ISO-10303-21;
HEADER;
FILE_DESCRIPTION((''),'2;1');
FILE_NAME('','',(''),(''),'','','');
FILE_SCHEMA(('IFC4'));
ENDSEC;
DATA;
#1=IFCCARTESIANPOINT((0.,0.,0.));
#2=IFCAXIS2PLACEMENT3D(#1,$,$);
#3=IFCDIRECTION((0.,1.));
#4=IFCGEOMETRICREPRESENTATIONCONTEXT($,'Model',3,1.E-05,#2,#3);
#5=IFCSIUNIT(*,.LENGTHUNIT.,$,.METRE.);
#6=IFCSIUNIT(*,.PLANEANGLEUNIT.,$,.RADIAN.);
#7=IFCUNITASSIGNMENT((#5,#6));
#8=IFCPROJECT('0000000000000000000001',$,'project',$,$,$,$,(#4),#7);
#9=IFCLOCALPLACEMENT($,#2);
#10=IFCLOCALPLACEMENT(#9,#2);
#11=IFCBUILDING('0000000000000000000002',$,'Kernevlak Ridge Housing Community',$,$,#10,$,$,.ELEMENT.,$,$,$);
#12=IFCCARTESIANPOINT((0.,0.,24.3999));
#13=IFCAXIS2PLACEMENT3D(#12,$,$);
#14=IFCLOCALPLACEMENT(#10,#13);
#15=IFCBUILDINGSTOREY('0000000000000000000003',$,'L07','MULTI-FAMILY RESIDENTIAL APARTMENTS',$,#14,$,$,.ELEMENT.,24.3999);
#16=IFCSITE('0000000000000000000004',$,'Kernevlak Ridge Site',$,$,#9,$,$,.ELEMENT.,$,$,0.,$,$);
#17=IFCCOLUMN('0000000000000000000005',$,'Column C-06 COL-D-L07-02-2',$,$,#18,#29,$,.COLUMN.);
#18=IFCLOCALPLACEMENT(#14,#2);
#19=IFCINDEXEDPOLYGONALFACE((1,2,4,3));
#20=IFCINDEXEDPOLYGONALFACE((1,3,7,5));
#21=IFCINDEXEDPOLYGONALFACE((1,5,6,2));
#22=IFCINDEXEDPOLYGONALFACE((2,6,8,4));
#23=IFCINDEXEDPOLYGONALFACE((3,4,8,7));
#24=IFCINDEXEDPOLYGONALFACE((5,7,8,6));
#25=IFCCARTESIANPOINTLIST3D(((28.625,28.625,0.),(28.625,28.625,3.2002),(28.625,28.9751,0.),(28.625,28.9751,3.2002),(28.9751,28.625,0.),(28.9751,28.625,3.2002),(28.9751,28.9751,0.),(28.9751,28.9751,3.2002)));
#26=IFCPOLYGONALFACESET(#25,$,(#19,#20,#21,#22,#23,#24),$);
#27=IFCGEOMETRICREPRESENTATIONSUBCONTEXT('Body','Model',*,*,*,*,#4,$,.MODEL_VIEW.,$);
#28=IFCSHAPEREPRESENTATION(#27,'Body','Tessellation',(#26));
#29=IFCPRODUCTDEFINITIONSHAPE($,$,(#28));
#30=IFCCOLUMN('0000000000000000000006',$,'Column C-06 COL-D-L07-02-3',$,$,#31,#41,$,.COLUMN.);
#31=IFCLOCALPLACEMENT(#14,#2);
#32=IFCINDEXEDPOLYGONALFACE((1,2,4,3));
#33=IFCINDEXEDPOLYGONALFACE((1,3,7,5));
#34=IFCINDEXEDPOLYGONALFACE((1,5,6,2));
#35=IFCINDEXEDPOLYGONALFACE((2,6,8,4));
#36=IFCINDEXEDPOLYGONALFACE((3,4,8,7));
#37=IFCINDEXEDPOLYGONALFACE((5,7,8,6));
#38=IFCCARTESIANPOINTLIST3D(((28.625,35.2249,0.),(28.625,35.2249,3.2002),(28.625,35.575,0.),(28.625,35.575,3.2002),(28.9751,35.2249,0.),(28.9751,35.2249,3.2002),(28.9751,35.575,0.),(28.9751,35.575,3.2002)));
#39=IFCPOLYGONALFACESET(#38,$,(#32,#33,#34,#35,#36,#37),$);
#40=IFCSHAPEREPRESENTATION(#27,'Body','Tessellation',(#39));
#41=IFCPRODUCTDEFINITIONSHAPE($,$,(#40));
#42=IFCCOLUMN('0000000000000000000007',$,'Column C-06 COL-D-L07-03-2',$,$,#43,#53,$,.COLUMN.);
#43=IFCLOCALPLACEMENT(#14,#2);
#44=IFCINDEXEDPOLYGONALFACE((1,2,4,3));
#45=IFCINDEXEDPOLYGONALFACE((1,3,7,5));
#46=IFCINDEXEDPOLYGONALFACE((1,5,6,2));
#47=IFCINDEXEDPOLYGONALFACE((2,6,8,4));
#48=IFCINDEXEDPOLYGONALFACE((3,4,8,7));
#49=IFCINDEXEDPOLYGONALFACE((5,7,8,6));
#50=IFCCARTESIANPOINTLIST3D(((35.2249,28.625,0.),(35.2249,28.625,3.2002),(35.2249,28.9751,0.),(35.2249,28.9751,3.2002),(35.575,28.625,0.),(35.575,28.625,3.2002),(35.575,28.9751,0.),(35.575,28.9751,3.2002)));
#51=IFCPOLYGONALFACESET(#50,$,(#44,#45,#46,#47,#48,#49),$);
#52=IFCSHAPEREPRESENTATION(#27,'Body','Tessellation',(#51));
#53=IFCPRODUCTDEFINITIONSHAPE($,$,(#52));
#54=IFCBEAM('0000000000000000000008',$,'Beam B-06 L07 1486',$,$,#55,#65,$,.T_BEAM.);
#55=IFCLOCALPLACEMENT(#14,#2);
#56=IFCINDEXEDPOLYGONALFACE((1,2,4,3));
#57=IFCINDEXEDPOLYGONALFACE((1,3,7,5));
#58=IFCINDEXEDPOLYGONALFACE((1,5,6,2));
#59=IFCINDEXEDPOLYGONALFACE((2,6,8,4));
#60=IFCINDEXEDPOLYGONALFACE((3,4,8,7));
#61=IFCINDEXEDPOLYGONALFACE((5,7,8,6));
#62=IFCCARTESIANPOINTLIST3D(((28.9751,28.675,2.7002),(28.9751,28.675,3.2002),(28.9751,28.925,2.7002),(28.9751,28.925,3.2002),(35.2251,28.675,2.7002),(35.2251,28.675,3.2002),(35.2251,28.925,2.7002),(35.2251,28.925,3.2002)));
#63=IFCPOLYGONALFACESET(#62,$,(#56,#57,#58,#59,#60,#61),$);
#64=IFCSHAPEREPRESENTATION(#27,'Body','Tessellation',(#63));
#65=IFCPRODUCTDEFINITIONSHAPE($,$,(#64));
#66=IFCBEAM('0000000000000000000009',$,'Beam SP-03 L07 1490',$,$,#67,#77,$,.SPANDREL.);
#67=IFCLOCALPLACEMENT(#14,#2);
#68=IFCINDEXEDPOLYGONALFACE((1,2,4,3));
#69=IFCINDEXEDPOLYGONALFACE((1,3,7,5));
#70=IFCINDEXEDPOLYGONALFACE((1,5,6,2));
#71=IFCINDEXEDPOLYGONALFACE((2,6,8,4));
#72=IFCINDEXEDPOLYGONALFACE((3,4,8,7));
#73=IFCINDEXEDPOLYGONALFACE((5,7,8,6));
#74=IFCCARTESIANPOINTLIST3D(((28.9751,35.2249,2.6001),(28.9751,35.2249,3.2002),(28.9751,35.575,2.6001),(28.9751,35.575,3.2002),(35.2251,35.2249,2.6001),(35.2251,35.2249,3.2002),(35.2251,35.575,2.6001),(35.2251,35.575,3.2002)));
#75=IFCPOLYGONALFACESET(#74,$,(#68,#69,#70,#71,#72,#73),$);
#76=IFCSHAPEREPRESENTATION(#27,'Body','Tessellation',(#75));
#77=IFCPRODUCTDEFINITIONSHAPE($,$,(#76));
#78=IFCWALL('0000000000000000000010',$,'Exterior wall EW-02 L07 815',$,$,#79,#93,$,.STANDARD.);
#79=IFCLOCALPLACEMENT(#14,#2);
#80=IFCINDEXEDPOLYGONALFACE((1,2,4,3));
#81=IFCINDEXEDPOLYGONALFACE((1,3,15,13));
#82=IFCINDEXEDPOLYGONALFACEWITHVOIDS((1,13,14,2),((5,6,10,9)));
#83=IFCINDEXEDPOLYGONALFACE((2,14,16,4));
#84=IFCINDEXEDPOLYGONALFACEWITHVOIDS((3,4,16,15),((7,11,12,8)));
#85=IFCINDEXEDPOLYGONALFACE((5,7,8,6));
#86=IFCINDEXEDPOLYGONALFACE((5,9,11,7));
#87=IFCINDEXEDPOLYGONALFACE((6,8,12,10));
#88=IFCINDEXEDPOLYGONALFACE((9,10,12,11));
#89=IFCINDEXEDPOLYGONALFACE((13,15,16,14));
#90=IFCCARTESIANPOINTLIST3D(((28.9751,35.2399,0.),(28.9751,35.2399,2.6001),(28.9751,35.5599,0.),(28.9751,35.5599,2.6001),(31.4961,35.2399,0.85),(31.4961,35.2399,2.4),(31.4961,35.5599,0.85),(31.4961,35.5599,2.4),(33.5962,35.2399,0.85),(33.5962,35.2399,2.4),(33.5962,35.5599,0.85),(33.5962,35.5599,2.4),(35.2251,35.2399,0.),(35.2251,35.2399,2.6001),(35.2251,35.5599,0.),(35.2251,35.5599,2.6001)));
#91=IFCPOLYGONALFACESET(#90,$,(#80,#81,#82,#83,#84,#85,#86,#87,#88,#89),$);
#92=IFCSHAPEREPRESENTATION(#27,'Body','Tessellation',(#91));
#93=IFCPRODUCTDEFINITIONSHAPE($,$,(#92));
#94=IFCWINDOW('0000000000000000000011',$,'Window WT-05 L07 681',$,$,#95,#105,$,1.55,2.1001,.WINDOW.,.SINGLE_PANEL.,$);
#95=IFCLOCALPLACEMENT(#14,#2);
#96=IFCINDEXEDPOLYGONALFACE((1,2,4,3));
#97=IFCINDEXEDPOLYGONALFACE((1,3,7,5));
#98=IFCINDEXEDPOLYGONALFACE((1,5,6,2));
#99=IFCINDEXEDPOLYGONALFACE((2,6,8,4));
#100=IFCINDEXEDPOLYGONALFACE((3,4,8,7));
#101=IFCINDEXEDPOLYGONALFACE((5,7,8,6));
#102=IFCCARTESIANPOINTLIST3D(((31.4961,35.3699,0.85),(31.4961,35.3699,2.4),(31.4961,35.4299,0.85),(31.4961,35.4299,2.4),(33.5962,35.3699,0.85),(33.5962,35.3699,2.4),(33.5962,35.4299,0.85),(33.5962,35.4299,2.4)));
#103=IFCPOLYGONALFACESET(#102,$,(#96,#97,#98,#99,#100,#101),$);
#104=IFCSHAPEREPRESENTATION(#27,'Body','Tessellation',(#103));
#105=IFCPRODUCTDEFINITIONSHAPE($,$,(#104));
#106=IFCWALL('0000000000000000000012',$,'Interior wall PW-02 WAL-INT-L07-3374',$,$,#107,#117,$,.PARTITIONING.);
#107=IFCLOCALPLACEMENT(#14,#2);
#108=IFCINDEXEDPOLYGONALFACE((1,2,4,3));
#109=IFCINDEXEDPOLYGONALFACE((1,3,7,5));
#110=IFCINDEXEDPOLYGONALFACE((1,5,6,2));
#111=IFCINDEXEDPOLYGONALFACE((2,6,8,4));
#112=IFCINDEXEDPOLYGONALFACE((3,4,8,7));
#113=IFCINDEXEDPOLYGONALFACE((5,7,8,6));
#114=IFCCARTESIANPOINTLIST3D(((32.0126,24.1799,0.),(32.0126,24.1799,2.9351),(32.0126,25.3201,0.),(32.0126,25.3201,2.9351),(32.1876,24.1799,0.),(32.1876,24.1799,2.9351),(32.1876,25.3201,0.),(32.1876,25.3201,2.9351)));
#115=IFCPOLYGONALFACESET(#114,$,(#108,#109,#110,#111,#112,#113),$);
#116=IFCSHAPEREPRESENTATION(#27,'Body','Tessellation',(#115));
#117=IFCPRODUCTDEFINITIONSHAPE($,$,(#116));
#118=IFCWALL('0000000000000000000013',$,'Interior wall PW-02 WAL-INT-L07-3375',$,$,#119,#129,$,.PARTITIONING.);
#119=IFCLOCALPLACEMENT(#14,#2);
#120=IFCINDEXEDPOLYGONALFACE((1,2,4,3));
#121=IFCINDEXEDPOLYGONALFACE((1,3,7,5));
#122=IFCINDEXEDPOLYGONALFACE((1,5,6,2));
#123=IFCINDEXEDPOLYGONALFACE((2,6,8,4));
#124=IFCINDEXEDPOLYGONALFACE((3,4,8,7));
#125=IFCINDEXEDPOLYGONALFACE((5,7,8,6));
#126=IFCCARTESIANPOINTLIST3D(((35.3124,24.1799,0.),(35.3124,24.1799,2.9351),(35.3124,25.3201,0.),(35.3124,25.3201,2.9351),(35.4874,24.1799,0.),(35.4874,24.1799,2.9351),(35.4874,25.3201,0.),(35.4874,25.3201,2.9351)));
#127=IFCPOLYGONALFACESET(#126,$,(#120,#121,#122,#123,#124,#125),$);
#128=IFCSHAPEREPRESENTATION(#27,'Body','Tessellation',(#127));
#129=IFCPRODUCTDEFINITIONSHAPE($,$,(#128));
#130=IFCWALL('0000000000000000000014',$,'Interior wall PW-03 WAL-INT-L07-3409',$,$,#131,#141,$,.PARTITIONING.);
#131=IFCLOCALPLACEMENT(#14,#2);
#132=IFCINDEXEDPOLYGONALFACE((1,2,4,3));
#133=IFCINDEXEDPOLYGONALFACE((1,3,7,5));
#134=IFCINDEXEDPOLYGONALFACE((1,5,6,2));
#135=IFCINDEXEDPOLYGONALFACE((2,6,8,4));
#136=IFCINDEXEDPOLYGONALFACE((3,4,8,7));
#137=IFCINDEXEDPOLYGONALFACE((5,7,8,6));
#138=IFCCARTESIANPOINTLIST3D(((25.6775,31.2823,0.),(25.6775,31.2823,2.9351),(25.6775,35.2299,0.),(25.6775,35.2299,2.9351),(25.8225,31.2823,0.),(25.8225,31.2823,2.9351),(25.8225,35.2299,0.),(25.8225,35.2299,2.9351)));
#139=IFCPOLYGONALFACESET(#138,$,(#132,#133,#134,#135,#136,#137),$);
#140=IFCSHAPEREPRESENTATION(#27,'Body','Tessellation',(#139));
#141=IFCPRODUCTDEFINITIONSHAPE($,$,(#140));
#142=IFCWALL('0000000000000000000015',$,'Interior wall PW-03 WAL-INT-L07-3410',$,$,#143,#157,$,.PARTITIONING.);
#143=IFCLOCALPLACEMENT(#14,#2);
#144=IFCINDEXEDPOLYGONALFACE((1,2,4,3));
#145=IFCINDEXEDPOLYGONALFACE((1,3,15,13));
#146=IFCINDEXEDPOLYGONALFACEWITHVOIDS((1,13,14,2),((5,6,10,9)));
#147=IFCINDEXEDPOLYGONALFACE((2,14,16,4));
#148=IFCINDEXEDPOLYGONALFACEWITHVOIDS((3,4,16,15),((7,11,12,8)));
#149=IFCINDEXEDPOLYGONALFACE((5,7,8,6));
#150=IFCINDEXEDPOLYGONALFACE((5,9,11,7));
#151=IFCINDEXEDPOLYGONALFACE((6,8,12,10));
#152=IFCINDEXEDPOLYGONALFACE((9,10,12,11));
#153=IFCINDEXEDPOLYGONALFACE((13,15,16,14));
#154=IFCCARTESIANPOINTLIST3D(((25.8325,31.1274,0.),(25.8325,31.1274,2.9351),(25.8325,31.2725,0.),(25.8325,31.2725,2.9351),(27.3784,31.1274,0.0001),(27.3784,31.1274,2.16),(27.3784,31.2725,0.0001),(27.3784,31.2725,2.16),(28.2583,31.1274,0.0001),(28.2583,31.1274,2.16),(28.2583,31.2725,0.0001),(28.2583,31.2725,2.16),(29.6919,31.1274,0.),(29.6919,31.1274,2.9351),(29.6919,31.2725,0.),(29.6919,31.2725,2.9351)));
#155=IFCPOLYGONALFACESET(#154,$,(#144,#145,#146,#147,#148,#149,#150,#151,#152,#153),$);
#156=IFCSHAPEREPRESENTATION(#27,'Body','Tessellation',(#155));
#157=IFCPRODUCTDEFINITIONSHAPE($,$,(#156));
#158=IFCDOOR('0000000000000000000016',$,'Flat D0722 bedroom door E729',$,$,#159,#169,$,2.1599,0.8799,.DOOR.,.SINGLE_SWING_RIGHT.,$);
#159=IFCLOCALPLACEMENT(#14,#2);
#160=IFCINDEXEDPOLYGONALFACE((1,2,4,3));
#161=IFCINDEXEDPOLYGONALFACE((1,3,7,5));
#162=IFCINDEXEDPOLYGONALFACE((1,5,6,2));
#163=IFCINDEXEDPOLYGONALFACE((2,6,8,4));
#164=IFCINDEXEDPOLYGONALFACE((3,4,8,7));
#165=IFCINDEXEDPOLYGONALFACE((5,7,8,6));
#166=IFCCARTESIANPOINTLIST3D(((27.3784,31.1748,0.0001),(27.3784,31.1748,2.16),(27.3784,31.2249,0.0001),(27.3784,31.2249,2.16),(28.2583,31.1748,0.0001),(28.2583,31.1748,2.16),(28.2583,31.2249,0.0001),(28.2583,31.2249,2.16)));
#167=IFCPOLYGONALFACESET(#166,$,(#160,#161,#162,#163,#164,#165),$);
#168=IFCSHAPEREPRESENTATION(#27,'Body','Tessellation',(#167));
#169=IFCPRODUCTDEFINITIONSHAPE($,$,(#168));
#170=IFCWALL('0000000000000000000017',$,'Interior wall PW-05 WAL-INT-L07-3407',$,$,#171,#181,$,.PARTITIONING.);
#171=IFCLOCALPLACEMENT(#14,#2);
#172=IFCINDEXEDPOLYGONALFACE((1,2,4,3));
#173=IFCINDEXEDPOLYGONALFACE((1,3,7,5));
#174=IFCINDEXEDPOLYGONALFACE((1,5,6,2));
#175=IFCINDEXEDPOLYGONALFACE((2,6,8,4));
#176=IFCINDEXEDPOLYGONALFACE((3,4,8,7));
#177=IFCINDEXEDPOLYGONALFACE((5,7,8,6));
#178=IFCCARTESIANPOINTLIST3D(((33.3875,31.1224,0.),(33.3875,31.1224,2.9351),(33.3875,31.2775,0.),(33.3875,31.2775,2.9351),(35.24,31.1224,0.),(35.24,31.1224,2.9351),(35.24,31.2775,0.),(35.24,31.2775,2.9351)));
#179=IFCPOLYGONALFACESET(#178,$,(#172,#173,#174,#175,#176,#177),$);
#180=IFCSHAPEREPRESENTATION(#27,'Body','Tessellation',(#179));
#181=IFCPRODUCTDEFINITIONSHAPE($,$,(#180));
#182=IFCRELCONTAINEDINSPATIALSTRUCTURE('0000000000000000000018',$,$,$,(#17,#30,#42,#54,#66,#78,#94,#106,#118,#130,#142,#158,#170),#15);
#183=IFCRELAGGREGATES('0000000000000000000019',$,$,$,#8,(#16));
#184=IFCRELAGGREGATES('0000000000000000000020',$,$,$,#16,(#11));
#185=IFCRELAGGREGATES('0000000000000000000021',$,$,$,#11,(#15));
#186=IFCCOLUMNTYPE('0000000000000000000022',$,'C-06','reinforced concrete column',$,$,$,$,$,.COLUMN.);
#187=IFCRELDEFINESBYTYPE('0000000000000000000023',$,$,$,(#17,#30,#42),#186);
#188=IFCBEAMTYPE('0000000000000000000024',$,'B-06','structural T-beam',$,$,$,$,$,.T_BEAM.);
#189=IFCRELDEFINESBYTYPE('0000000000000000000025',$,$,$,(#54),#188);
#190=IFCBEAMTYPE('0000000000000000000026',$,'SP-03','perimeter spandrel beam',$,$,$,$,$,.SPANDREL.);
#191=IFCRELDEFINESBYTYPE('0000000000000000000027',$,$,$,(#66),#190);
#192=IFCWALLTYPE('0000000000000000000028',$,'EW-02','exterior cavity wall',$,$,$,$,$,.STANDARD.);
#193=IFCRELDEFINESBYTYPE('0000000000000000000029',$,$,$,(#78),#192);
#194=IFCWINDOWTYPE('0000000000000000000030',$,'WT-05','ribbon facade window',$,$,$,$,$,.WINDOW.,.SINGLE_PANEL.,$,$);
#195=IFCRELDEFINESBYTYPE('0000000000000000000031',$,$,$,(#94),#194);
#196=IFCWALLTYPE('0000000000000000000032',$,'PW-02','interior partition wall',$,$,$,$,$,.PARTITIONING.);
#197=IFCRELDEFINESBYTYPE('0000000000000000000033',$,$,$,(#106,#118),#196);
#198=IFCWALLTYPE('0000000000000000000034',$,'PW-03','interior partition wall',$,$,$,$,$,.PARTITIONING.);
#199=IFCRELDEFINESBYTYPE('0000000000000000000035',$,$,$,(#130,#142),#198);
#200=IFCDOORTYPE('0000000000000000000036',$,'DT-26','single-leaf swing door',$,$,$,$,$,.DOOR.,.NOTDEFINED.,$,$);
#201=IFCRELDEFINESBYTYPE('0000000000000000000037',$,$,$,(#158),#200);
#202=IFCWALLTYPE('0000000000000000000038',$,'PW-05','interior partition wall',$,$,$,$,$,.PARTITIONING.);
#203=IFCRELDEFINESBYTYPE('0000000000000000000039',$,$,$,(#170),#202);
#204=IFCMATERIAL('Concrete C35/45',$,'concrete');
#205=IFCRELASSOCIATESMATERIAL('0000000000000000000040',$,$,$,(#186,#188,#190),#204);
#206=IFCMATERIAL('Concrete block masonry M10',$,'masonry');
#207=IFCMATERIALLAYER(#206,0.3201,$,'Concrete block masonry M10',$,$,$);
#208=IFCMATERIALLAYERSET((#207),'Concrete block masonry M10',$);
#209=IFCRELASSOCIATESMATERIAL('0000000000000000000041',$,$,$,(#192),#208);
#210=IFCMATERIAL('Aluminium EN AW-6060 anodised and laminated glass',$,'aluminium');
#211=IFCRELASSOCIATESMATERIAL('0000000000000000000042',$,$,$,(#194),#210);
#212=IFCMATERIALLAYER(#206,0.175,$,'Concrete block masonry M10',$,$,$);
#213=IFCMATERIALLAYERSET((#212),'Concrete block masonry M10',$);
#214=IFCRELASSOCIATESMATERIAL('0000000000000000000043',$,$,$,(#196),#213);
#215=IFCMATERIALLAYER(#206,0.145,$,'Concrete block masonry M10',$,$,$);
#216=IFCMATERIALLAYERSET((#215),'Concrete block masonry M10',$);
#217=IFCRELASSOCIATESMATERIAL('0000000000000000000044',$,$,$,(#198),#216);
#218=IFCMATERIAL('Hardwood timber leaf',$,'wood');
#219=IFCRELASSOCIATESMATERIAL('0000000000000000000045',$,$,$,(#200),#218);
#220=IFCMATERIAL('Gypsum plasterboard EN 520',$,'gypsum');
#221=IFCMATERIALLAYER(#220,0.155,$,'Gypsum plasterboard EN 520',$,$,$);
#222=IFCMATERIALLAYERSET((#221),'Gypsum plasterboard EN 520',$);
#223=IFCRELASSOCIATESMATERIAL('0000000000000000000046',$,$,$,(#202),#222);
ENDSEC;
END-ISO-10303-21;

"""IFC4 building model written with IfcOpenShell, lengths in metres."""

from ifc_helpers import new_model, si_unit, direction, frame, frame_2d, origin, origin_2d, place, context, subcontext, project, spatial, rectangle, extrude, material, layer, layer_set, material_profile, profile_set, type_object, element, fill, save


model = new_model("IFC4")

# Units and contexts
model_context = context("Model", 3, precision=1e-05, world=origin(), true_north=direction((0.0, 1.0)))
body_context = subcontext(model_context, "Body", "Model", "MODEL_VIEW")
ifc_project = project(units=[si_unit("LENGTHUNIT", "METRE"), si_unit("PLANEANGLEUNIT", "RADIAN")], contexts=[model_context])

# Site, building, storey
site_placement = place(None, origin())
site = spatial("IfcSite", under=ifc_project, at=site_placement, Name="Kernevlak Ridge Site", CompositionType="ELEMENT", RefElevation=0.0)
building_placement = place(site_placement, origin())
building = spatial("IfcBuilding", under=site, at=building_placement, Name="Kernevlak Ridge Housing Community", CompositionType="ELEMENT")
storey_placement = place(building_placement, frame((0.0, 0.0, 24.3999)))
storey = spatial("IfcBuildingStorey", under=building, at=storey_placement, Name="L07", Description="MULTI-FAMILY RESIDENTIAL APARTMENTS", CompositionType="ELEMENT", Elevation=24.3999)

# Columns
ifc_material_1 = material(Name="Concrete C35/45", Category="concrete")
ifc_material_profile_1 = material_profile(ifc_material_1, rectangle(XDim=0.3501, YDim=0.3501, at=origin_2d()), Name="RC 350x350")
ifc_profile_set_1 = profile_set([ifc_material_profile_1], Name="Concrete C35/45")
column_type = type_object("IfcColumnType", Name="C-06", Description="reinforced concrete column", PredefinedType="COLUMN", material=ifc_profile_set_1)
for number, where, z_axis, x_axis, name in (
    (1, (28.8, 28.8, 0.0), (0.0, 0.0, 1.0), (1.0, 0.0, 0.0), "Column C-06 COL-D-L07-02-2"),
    (2, (28.8, 35.3999, 0.0), (0.0, 0.0, 1.0), (1.0, 0.0, 0.0), "Column C-06 COL-D-L07-02-3"),
    (3, (35.3999, 28.8, 0.0), (0.0, 0.0, 1.0), (1.0, 0.0, 0.0), "Column C-06 COL-D-L07-03-2"),
):
    element("IfcColumn", number, at=place(storey_placement, frame(where, z_axis=z_axis, x_axis=x_axis)), inside=storey, type_object=column_type, Name=name, PredefinedType="COLUMN", context=body_context, shape_type="SweptSolid", body=[
        extrude(rectangle(XDim=0.3501, YDim=0.3501, at=origin_2d()), origin(), (0.0, 0.0, 1.0), 3.2002),
    ])

# Beams
ifc_material_profile_2 = material_profile(ifc_material_1, rectangle(XDim=0.25, YDim=0.5, at=origin_2d()), Name="RC 250x500")
ifc_profile_set_2 = profile_set([ifc_material_profile_2], Name="Concrete C35/45")
beam_type_1 = type_object("IfcBeamType", Name="B-06", Description="structural T-beam", PredefinedType="T_BEAM", material=ifc_profile_set_2)
beam_1_placement = place(storey_placement, frame((28.9751, 28.8, 2.9502), z_axis=(1.0, 0.0, 0.0), x_axis=(0.0, 1.0, 0.0)))
element("IfcBeam", 4, at=beam_1_placement, inside=storey, type_object=beam_type_1, Name="Beam B-06 L07 1486", PredefinedType="T_BEAM", context=body_context, shape_type="SweptSolid", body=[
    extrude(rectangle(XDim=0.25, YDim=0.5, at=origin_2d()), origin(), (0.0, 0.0, 1.0), 6.25),
])
ifc_material_profile_3 = material_profile(ifc_material_1, rectangle(XDim=0.3501, YDim=0.6001, at=origin_2d()), Name="RC 350x600")
ifc_profile_set_3 = profile_set([ifc_material_profile_3], Name="Concrete C35/45")
beam_type_2 = type_object("IfcBeamType", Name="SP-03", Description="perimeter spandrel beam", PredefinedType="SPANDREL", material=ifc_profile_set_3)
beam_2_placement = place(storey_placement, frame((28.9751, 35.3999, 2.9001), z_axis=(1.0, 0.0, 0.0), x_axis=(0.0, 1.0, 0.0)))
element("IfcBeam", 5, at=beam_2_placement, inside=storey, type_object=beam_type_2, Name="Beam SP-03 L07 1490", PredefinedType="SPANDREL", context=body_context, shape_type="SweptSolid", body=[
    extrude(rectangle(XDim=0.3501, YDim=0.6001, at=origin_2d()), origin(), (0.0, 0.0, 1.0), 6.25),
])

# Wall, opening, window
ifc_material_2 = material(Name="Concrete block masonry M10", Category="masonry")
ifc_layer_1 = layer(ifc_material_2, 0.3201, Name="Concrete block masonry M10")
ifc_layer_set_1 = layer_set([ifc_layer_1], Name="Concrete block masonry M10")
wall_type_1 = type_object("IfcWallType", Name="EW-02", Description="exterior cavity wall", PredefinedType="STANDARD", material=ifc_layer_set_1)
wall_1_placement = place(storey_placement, frame((28.9751, 35.3999, 0.0), z_axis=(0.0, 0.0, 1.0), x_axis=(1.0, 0.0, 0.0)))
wall_1 = element("IfcWall", 6, at=wall_1_placement, inside=storey, type_object=wall_type_1, Name="Exterior wall EW-02 L07 815", PredefinedType="STANDARD", context=body_context, shape_type="SweptSolid", body=[
    extrude(rectangle(XDim=6.25, YDim=0.3201, at=frame_2d((3.125, 0.0))), origin(), (0.0, 0.0, 1.0), 2.6001),
])
opening_1_placement = place(wall_1_placement, frame((2.521, 0.0, 0.8501)))
opening_1 = element("IfcOpeningElement", 7, at=opening_1_placement, cuts=wall_1, PredefinedType="OPENING", context=body_context, shape_type="SweptSolid", body=[
    extrude(rectangle(XDim=2.1001, YDim=1.55, at=frame_2d((1.05, 0.7749))), frame((0.0, 0.1699, 0.0), z_axis=(0.0, -1.0, 0.0), x_axis=(1.0, 0.0, 0.0)), (0.0, 0.0, 1.0), 0.3401),
])
ifc_material_3 = material(Name="Aluminium EN AW-6060 anodised and laminated glass", Category="aluminium")
window_type = type_object("IfcWindowType", Name="WT-05", Description="ribbon facade window", PartitioningType="SINGLE_PANEL", PredefinedType="WINDOW", material=ifc_material_3)
window_placement = place(opening_1_placement, origin())
window = element("IfcWindow", 8, at=window_placement, inside=storey, type_object=window_type, Name="Window WT-05 L07 681", OverallHeight=1.55, OverallWidth=2.1001, PartitioningType="SINGLE_PANEL", PredefinedType="WINDOW", context=body_context, shape_type="SweptSolid", body=[
    extrude(rectangle(XDim=2.1001, YDim=1.55, at=frame_2d((1.05, 0.7749))), frame((0.0, 0.03, 0.0), z_axis=(0.0, -1.0, 0.0), x_axis=(1.0, 0.0, 0.0)), (0.0, 0.0, 1.0), 0.0601),
])
fill(opening_1, window)

# Walls
ifc_layer_2 = layer(ifc_material_2, 0.175, Name="Concrete block masonry M10")
ifc_layer_set_2 = layer_set([ifc_layer_2], Name="Concrete block masonry M10")
wall_type_2 = type_object("IfcWallType", Name="PW-02", Description="interior partition wall", PredefinedType="PARTITIONING", material=ifc_layer_set_2)
for number, where, z_axis, x_axis, name in (
    (9, (32.1001, 24.1799, 0.0), (0.0, 0.0, 1.0), (0.0, 1.0, 0.0), "Interior wall PW-02 WAL-INT-L07-3374"),
    (10, (35.3999, 24.1799, 0.0), (0.0, 0.0, 1.0), (0.0, 1.0, 0.0), "Interior wall PW-02 WAL-INT-L07-3375"),
):
    element("IfcWall", number, at=place(storey_placement, frame(where, z_axis=z_axis, x_axis=x_axis)), inside=storey, type_object=wall_type_2, Name=name, PredefinedType="PARTITIONING", context=body_context, shape_type="SweptSolid", body=[
        extrude(rectangle(XDim=1.1401, YDim=0.175, at=frame_2d((0.5701, 0.0))), origin(), (0.0, 0.0, 1.0), 2.9351),
    ])
ifc_layer_3 = layer(ifc_material_2, 0.145, Name="Concrete block masonry M10")
ifc_layer_set_3 = layer_set([ifc_layer_3], Name="Concrete block masonry M10")
wall_type_3 = type_object("IfcWallType", Name="PW-03", Description="interior partition wall", PredefinedType="PARTITIONING", material=ifc_layer_set_3)
wall_2_placement = place(storey_placement, frame((25.75, 31.2825, 0.0), z_axis=(0.0, 0.0, 1.0), x_axis=(0.0, 1.0, 0.0)))
element("IfcWall", 11, at=wall_2_placement, inside=storey, type_object=wall_type_3, Name="Interior wall PW-03 WAL-INT-L07-3409", PredefinedType="PARTITIONING", context=body_context, shape_type="SweptSolid", body=[
    extrude(rectangle(XDim=3.9475, YDim=0.145, at=frame_2d((1.9736, 0.0))), origin(), (0.0, 0.0, 1.0), 2.9351),
])

# Wall, opening, door
wall_3_placement = place(storey_placement, frame((25.8325, 31.2, 0.0), z_axis=(0.0, 0.0, 1.0), x_axis=(1.0, 0.0, 0.0)))
wall_3 = element("IfcWall", 12, at=wall_3_placement, inside=storey, type_object=wall_type_3, Name="Interior wall PW-03 WAL-INT-L07-3410", PredefinedType="PARTITIONING", context=body_context, shape_type="SweptSolid", body=[
    extrude(rectangle(XDim=3.8594, YDim=0.145, at=frame_2d((1.9297, 0.0))), origin(), (0.0, 0.0, 1.0), 2.9351),
])
opening_2_placement = place(wall_3_placement, frame((1.5459, 0.0, 0.0)))
opening_2 = element("IfcOpeningElement", 13, at=opening_2_placement, cuts=wall_3, PredefinedType="OPENING", context=body_context, shape_type="SweptSolid", body=[
    extrude(rectangle(XDim=0.8799, YDim=2.1599, at=frame_2d((0.4399, 1.0801))), frame((0.0, 0.0825, 0.0), z_axis=(0.0, -1.0, 0.0), x_axis=(1.0, 0.0, 0.0)), (0.0, 0.0, 1.0), 0.165),
])
ifc_material_4 = material(Name="Hardwood timber leaf", Category="wood")
door_type_1 = type_object("IfcDoorType", Name="DT-26", Description="single-leaf swing door", OperationType="NOTDEFINED", PredefinedType="DOOR", material=ifc_material_4)
door_1_placement = place(opening_2_placement, origin())
door_1 = element("IfcDoor", 14, at=door_1_placement, inside=storey, type_object=door_type_1, Name="Flat D0722 bedroom door E729", OperationType="SINGLE_SWING_RIGHT", OverallHeight=2.1599, OverallWidth=0.8799, PredefinedType="DOOR", context=body_context, shape_type="SweptSolid", body=[
    extrude(rectangle(XDim=0.8799, YDim=2.1599, at=frame_2d((0.4399, 1.0801))), frame((0.0, 0.0249, 0.0), z_axis=(0.0, -1.0, 0.0), x_axis=(1.0, 0.0, 0.0)), (0.0, 0.0, 1.0), 0.05),
])
fill(opening_2, door_1)
ifc_material_5 = material(Name="Gypsum plasterboard EN 520", Category="gypsum")
ifc_layer_4 = layer(ifc_material_5, 0.155, Name="Gypsum plasterboard EN 520")
ifc_layer_set_4 = layer_set([ifc_layer_4], Name="Gypsum plasterboard EN 520")
wall_type_4 = type_object("IfcWallType", Name="PW-05", Description="interior partition wall", PredefinedType="PARTITIONING", material=ifc_layer_set_4)

# Wall
wall_4_placement = place(storey_placement, frame((33.3875, 31.2, 0.0), z_axis=(0.0, 0.0, 1.0), x_axis=(1.0, 0.0, 0.0)))
element("IfcWall", 15, at=wall_4_placement, inside=storey, type_object=wall_type_4, Name="Interior wall PW-05 WAL-INT-L07-3407", PredefinedType="PARTITIONING", context=body_context, shape_type="SweptSolid", body=[
    extrude(rectangle(XDim=1.8525, YDim=0.155, at=frame_2d((0.9263, 0.0))), origin(), (0.0, 0.0, 1.0), 2.9351),
])

save(model, "model.ifc")
